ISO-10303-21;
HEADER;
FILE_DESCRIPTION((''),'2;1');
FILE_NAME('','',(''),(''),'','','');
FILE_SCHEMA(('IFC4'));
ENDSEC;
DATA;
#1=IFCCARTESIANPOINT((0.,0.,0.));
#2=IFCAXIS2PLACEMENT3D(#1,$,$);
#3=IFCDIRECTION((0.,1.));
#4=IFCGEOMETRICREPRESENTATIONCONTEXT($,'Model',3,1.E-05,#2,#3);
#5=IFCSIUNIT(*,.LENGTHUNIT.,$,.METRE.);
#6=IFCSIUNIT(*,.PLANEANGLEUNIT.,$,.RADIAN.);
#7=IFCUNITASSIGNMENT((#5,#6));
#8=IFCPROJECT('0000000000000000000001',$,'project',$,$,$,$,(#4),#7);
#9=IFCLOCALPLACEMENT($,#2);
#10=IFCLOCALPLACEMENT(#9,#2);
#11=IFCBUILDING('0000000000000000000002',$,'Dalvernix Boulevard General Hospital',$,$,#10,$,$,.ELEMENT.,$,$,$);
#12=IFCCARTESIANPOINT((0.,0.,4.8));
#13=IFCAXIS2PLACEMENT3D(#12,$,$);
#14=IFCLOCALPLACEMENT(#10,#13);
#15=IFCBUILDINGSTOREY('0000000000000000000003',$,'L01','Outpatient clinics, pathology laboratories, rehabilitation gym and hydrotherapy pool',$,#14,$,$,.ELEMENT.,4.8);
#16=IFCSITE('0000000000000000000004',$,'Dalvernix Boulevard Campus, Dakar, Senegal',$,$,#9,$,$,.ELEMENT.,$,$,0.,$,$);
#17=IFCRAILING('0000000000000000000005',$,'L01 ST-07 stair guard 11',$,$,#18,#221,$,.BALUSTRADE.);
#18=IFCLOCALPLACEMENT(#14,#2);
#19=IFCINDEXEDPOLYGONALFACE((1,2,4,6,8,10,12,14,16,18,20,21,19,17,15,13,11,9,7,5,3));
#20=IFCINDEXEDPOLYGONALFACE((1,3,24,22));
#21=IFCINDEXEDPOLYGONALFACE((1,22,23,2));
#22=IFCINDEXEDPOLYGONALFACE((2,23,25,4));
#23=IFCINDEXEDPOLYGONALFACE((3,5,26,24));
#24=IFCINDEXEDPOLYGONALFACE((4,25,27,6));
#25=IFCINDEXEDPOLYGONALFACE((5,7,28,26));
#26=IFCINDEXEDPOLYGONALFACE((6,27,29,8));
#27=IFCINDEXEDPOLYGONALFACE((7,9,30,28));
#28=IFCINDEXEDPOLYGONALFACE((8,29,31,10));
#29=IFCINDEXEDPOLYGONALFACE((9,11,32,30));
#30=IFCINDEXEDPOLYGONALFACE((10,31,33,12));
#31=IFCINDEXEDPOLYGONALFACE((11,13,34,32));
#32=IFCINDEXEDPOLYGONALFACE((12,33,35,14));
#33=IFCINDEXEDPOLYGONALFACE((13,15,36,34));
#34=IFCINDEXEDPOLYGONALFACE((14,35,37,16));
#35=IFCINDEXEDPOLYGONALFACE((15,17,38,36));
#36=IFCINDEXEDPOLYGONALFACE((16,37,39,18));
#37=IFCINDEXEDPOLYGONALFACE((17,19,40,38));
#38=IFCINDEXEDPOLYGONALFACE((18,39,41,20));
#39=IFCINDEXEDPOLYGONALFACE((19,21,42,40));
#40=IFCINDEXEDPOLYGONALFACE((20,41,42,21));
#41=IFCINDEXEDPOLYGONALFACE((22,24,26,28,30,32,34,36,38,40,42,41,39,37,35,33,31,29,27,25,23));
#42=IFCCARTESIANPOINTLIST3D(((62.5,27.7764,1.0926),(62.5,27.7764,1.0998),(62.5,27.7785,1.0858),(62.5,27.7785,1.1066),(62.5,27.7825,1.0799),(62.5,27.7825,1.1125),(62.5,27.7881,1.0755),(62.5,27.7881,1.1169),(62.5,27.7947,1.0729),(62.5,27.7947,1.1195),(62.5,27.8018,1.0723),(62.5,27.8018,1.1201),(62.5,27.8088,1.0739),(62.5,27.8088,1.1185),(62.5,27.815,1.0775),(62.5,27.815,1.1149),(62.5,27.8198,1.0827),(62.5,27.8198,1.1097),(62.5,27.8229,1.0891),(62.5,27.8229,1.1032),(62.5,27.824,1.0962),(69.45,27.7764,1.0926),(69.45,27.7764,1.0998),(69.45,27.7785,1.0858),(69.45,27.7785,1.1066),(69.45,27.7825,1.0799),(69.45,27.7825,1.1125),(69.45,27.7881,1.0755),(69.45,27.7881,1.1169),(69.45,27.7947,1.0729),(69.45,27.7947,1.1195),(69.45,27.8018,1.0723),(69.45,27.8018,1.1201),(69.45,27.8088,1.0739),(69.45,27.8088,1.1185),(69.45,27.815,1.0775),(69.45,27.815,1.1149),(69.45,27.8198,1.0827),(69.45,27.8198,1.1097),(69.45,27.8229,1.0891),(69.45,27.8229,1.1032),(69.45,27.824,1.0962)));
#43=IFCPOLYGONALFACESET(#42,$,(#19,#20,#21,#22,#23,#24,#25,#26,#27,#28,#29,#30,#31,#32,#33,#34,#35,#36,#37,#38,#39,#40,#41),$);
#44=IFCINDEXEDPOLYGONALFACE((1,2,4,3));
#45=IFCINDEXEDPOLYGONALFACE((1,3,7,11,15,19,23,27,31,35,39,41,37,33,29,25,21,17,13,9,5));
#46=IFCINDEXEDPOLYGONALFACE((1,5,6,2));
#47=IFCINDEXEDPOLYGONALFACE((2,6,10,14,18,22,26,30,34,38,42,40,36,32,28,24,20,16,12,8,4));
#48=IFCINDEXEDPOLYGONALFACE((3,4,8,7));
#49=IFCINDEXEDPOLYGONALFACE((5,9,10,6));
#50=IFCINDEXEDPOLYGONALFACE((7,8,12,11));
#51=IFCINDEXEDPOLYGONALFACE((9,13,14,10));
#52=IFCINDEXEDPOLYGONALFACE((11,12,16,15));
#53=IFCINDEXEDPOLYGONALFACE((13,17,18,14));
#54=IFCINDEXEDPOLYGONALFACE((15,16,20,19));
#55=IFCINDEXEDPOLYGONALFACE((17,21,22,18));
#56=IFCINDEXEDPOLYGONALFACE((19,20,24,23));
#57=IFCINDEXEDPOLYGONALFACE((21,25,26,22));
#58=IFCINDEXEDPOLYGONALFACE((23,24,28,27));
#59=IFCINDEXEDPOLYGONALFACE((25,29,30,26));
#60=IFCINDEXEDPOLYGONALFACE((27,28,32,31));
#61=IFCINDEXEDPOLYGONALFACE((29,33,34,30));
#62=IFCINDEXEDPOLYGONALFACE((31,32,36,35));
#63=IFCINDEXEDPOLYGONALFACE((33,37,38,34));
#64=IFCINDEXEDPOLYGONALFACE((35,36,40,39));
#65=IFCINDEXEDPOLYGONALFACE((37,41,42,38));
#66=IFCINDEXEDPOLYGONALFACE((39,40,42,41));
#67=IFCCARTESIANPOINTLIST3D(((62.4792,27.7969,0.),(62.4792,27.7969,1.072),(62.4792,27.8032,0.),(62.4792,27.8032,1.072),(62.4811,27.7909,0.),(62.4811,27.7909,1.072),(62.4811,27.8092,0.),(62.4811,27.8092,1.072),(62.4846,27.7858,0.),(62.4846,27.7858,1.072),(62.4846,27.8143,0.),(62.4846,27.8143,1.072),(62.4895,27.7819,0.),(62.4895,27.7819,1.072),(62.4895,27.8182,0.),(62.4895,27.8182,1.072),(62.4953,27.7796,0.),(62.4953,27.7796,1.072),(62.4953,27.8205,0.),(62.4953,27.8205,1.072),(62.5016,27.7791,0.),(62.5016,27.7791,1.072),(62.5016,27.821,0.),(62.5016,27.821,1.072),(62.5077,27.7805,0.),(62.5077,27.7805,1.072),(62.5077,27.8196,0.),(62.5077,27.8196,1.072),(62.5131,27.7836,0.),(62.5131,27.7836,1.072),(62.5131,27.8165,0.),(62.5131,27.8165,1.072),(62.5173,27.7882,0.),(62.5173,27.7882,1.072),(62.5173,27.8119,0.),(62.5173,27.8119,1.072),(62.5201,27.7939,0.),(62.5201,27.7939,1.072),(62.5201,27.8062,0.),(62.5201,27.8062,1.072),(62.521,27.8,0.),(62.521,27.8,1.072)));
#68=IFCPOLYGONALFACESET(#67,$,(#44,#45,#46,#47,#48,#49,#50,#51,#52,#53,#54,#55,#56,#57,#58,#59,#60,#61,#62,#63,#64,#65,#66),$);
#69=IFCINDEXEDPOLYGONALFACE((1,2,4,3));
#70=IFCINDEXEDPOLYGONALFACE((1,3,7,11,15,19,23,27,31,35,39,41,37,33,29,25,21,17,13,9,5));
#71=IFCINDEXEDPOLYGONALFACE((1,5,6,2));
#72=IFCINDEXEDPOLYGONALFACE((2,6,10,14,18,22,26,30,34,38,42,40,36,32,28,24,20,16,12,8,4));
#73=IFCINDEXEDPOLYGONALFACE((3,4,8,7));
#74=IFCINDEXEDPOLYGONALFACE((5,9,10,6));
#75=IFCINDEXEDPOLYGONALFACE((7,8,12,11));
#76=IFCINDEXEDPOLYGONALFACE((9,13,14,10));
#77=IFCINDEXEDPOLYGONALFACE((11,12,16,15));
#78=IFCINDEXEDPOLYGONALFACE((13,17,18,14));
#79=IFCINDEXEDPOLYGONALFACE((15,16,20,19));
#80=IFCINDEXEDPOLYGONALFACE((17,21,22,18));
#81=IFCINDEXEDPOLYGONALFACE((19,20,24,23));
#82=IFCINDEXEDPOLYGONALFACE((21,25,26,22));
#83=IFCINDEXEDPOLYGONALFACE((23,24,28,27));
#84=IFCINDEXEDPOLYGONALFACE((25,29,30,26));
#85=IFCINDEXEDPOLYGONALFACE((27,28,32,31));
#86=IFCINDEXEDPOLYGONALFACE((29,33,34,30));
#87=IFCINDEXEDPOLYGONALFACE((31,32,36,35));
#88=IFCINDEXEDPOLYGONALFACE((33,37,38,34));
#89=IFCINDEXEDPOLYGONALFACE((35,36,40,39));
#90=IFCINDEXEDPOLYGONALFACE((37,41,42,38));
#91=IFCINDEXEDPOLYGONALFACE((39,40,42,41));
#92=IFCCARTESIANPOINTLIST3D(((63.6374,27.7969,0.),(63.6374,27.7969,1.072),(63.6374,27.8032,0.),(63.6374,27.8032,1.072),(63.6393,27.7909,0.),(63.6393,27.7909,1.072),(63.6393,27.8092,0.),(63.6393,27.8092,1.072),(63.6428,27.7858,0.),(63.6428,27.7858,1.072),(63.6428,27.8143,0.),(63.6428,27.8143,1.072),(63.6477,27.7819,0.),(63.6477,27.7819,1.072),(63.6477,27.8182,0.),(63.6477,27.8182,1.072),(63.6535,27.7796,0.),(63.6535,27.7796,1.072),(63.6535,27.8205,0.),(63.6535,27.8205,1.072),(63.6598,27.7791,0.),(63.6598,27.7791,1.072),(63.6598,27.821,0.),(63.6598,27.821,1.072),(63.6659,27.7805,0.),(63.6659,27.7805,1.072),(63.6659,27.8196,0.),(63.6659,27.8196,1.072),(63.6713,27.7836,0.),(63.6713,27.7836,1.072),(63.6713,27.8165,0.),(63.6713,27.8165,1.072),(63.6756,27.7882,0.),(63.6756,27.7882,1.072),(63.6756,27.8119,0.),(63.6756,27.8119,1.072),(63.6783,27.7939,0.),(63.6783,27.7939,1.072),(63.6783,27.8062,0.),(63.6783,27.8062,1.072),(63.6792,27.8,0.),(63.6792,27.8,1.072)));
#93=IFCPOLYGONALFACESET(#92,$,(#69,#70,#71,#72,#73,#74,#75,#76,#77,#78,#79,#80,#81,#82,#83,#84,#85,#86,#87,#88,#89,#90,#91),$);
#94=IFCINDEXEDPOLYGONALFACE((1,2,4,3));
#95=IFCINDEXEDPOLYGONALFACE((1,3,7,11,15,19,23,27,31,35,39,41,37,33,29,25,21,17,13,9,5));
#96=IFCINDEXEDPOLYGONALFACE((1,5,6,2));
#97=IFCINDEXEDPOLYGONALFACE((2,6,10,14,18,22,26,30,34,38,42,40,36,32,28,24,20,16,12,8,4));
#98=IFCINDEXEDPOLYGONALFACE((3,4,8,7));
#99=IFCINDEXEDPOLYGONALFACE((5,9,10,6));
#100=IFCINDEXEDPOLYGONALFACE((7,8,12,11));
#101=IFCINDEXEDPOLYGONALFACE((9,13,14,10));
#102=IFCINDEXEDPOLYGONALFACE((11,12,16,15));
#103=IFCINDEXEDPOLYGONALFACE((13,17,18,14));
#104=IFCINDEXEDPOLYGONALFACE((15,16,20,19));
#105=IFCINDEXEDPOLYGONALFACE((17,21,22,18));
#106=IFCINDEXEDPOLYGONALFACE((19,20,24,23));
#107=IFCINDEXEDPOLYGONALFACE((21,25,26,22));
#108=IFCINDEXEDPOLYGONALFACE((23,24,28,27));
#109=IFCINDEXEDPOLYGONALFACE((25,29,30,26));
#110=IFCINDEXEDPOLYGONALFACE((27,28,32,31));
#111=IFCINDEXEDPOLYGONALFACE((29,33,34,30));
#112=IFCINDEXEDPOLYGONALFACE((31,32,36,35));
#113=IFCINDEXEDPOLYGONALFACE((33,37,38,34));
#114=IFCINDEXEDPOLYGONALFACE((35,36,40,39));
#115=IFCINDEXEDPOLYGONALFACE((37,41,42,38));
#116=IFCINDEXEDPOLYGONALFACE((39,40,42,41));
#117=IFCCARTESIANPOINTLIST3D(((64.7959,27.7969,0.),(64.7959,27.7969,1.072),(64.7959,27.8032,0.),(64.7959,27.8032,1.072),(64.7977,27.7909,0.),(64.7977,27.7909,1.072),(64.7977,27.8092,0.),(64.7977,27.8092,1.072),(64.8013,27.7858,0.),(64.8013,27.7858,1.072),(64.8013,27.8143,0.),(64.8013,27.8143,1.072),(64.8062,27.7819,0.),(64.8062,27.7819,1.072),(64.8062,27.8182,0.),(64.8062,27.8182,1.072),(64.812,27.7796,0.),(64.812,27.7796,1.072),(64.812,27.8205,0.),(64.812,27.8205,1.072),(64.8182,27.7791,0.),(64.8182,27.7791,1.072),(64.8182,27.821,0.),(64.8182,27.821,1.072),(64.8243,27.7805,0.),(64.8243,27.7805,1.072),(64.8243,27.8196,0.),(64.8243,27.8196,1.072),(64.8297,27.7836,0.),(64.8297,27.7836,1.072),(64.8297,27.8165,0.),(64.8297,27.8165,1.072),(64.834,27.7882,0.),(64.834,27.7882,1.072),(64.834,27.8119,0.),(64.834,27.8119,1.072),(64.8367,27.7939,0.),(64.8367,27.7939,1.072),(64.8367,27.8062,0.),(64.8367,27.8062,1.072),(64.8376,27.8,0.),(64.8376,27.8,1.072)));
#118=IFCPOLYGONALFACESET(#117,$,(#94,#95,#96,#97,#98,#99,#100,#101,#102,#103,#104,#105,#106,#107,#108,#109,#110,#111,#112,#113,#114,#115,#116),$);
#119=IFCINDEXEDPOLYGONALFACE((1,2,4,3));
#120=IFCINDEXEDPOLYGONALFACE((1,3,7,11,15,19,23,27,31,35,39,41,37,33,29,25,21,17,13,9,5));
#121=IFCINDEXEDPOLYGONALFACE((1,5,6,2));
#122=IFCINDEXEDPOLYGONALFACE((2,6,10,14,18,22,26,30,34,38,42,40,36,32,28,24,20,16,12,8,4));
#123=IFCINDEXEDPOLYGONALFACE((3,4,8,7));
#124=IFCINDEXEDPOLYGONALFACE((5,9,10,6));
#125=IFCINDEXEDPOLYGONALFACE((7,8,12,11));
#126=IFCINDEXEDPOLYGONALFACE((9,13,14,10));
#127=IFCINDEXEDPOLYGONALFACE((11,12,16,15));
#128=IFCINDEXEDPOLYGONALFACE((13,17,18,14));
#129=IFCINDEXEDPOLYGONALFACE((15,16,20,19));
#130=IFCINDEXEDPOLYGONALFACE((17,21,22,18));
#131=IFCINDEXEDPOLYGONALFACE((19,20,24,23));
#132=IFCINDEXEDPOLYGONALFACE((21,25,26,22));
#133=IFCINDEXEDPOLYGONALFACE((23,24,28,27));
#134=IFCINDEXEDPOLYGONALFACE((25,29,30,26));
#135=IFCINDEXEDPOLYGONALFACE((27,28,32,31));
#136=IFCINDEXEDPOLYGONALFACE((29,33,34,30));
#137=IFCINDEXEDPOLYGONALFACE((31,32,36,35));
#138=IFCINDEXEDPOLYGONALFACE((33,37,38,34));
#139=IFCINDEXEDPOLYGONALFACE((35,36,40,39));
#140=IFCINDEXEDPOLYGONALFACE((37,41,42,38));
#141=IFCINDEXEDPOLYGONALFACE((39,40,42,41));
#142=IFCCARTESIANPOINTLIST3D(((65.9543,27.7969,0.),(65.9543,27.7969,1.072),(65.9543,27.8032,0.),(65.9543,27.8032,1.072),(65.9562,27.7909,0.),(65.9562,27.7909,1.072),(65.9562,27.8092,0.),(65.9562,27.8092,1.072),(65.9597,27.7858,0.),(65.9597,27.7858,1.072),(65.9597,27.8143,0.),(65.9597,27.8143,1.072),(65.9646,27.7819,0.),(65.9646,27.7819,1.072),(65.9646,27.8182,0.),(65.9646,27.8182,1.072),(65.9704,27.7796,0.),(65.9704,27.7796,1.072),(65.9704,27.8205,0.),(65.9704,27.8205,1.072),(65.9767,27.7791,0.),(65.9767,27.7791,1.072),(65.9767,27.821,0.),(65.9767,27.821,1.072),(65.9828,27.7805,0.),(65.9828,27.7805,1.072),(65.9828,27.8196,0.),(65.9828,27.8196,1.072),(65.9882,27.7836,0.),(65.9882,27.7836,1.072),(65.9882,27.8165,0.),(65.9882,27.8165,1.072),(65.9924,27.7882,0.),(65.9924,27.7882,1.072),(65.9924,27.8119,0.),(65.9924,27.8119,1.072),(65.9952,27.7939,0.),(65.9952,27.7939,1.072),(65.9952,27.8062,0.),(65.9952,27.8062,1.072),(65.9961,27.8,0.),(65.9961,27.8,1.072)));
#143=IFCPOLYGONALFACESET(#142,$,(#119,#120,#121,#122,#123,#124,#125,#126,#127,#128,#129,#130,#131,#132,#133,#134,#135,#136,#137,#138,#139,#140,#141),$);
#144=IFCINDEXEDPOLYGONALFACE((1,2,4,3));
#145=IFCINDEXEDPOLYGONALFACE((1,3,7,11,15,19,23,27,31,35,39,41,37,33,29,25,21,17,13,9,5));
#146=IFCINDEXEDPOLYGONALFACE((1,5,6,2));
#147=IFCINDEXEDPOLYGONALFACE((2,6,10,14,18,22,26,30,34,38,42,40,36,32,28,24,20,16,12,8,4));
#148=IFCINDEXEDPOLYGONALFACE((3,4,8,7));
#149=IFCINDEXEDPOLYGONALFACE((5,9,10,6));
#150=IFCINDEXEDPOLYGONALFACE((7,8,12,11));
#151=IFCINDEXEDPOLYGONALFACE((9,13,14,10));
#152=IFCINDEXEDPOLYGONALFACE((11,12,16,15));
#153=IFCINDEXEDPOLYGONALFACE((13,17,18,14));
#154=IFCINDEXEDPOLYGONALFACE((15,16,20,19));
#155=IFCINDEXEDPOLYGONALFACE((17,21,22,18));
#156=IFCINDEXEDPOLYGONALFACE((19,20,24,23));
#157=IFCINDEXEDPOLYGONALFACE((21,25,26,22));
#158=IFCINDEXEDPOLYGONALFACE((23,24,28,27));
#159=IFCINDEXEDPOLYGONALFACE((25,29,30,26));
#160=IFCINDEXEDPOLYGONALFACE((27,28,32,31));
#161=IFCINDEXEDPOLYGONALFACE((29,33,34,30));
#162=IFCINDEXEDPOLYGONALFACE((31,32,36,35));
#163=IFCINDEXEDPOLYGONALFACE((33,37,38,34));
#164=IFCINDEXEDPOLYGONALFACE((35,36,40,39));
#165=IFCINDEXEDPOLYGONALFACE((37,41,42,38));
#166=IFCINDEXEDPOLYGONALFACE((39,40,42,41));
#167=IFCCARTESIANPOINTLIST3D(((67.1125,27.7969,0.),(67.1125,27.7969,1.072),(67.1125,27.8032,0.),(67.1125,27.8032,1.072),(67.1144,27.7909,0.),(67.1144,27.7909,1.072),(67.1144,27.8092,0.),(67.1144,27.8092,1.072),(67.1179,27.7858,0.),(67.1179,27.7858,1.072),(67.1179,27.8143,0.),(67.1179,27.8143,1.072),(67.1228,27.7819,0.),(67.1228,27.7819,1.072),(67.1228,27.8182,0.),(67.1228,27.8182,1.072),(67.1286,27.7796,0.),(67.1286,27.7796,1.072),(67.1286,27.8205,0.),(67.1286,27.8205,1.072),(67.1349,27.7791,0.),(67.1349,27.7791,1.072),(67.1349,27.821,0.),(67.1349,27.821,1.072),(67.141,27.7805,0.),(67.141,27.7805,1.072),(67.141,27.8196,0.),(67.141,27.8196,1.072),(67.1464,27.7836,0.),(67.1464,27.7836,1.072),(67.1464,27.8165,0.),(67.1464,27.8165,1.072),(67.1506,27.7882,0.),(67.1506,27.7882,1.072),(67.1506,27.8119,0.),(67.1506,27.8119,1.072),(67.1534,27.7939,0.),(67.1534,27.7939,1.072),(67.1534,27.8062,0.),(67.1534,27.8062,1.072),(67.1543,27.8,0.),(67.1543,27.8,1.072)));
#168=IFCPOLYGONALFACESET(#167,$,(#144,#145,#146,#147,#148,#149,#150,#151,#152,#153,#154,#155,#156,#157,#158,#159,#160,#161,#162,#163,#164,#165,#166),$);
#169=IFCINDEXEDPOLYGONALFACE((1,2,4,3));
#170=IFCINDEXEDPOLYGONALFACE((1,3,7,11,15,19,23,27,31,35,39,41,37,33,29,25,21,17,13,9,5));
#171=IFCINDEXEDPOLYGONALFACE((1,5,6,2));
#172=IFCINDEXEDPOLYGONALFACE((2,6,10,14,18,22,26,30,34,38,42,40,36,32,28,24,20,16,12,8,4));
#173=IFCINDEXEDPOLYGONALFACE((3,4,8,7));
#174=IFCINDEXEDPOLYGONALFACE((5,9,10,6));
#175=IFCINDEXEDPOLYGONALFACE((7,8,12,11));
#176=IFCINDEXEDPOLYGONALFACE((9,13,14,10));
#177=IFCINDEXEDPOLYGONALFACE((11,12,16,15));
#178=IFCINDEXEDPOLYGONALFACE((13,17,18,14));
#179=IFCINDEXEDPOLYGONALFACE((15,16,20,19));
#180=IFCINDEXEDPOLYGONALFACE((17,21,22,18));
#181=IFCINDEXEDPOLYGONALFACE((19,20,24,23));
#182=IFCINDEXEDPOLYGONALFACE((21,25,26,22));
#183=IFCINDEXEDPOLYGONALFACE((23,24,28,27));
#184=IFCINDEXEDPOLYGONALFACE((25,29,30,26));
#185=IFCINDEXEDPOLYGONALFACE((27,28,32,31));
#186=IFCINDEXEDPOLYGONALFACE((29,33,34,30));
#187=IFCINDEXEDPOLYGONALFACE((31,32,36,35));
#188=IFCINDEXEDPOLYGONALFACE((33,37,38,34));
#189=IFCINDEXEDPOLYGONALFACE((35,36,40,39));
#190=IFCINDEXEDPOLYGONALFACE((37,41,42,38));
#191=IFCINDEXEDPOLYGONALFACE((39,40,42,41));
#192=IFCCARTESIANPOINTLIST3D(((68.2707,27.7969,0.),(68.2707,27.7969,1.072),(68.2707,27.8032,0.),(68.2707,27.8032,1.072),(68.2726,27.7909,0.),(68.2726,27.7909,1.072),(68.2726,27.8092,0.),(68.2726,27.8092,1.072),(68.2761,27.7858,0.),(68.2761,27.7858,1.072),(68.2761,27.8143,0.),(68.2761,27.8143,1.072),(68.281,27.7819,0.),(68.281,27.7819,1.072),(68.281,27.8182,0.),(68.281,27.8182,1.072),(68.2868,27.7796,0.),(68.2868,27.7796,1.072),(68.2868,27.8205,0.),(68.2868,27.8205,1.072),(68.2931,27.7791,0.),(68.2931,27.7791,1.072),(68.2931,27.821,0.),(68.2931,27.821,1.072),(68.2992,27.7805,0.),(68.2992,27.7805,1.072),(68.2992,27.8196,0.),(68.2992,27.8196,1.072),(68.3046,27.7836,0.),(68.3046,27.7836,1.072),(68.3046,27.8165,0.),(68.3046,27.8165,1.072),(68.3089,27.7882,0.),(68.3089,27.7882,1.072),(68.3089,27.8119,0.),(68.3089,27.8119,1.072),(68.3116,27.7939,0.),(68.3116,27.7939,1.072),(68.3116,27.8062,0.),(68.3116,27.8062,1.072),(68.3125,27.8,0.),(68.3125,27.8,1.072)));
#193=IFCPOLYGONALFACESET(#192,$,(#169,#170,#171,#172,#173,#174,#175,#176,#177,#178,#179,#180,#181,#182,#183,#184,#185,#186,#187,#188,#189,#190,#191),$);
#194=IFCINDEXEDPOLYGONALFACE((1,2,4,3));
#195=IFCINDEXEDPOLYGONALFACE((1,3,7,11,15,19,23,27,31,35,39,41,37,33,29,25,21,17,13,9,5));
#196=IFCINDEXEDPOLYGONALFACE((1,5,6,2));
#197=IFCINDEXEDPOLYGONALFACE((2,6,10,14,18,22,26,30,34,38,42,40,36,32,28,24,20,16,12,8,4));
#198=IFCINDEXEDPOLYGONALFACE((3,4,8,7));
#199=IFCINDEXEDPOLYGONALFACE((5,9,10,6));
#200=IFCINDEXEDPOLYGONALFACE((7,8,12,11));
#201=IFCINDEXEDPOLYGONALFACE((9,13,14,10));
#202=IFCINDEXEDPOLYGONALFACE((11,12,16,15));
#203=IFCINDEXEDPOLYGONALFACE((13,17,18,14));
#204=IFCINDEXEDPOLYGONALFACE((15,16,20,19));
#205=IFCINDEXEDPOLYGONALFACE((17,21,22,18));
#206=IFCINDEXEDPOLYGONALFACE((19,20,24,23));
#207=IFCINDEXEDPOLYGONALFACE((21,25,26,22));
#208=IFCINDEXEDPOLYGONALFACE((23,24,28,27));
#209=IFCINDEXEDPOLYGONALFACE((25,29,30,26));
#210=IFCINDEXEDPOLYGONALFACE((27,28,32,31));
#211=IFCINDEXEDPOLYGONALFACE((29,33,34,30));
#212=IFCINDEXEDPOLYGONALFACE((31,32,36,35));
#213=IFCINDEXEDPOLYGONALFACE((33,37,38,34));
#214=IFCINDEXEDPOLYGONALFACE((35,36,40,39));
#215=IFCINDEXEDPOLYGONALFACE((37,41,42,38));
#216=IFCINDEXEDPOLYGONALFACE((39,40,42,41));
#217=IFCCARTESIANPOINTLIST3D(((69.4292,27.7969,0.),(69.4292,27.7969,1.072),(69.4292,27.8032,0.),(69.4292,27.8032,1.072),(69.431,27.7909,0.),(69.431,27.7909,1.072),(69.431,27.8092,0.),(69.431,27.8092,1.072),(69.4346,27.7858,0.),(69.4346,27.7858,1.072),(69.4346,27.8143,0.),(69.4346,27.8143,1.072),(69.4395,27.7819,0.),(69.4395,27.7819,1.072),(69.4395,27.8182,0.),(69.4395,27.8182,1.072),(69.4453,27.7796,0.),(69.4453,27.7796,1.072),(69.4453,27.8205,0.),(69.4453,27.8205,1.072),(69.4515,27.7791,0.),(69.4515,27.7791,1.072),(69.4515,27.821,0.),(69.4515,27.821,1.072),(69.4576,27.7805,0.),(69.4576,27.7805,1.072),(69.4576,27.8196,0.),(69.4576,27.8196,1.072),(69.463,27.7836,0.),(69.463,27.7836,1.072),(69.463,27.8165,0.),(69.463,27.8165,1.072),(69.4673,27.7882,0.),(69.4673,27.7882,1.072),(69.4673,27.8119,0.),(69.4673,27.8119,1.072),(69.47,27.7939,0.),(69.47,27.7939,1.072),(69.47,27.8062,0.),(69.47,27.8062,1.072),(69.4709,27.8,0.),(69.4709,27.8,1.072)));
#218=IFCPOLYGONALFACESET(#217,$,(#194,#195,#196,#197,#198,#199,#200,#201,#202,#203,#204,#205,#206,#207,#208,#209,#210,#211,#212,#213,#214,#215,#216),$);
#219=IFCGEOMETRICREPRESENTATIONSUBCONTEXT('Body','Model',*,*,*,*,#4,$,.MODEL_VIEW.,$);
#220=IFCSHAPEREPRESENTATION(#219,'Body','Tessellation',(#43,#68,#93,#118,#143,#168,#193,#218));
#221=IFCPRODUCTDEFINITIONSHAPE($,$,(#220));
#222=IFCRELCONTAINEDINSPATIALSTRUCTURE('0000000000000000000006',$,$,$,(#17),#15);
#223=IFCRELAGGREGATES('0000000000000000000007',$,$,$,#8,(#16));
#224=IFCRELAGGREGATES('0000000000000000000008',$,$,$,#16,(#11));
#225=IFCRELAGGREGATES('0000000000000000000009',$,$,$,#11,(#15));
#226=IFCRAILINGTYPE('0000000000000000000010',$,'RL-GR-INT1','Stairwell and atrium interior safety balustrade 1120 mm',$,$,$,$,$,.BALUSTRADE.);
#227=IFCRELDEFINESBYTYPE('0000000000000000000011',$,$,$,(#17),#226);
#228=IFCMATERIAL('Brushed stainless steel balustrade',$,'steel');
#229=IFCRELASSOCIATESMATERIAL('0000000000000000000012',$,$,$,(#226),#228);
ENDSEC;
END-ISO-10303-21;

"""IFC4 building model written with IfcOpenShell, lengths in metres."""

from ifc_helpers import new_model, si_unit, direction, frame, origin, origin_2d, place, context, subcontext, project, spatial, circle, extrude, material, type_object, element, save


model = new_model("IFC4")

# Units and contexts
model_context = context("Model", 3, precision=1e-05, world=origin(), true_north=direction((0.0, 1.0)))
body_context = subcontext(model_context, "Body", "Model", "MODEL_VIEW")
ifc_project = project(units=[si_unit("LENGTHUNIT", "METRE"), si_unit("PLANEANGLEUNIT", "RADIAN")], contexts=[model_context])

# Site, building, storey
site_placement = place(None, origin())
site = spatial("IfcSite", under=ifc_project, at=site_placement, Name="Dalvernix Boulevard Campus, Dakar, Senegal", CompositionType="ELEMENT", RefElevation=0.0)
building_placement = place(site_placement, origin())
building = spatial("IfcBuilding", under=site, at=building_placement, Name="Dalvernix Boulevard General Hospital", CompositionType="ELEMENT")
storey_placement = place(building_placement, frame((0.0, 0.0, 4.8)))
storey = spatial("IfcBuildingStorey", under=building, at=storey_placement, Name="L01", Description="Outpatient clinics, pathology laboratories, rehabilitation gym and hydrotherapy pool", CompositionType="ELEMENT", Elevation=4.8)

# Railing
ifc_material_1 = material(Name="Brushed stainless steel balustrade", Category="steel")
railing_type_1 = type_object("IfcRailingType", Name="RL-GR-INT1", Description="Stairwell and atrium interior safety balustrade 1120 mm", PredefinedType="BALUSTRADE", material=ifc_material_1)
railing_1_placement = place(storey_placement, frame((62.5, 27.8, 0.0)))
element("IfcRailing", 1, at=railing_1_placement, inside=storey, type_object=railing_type_1, Name="L01 ST-07 stair guard 11", PredefinedType="BALUSTRADE", context=body_context, shape_type="SweptSolid", body=[
    extrude(circle(Radius=0.0239, at=origin_2d()), frame((0.0, 0.0, 1.0962), z_axis=(1.0, 0.0, 0.0), x_axis=(0.0, 1.0, 0.0)), (0.0, 0.0, 1.0), 6.95),
    extrude(circle(Radius=0.021, at=origin_2d()), origin(), (0.0, 0.0, 1.0), 1.072),
    extrude(circle(Radius=0.021, at=origin_2d()), frame((1.1582, 0.0, 0.0)), (0.0, 0.0, 1.0), 1.072),
    extrude(circle(Radius=0.021, at=origin_2d()), frame((2.3167, 0.0, 0.0)), (0.0, 0.0, 1.0), 1.072),
    extrude(circle(Radius=0.021, at=origin_2d()), frame((3.4751, 0.0, 0.0)), (0.0, 0.0, 1.0), 1.072),
    extrude(circle(Radius=0.021, at=origin_2d()), frame((4.6333, 0.0, 0.0)), (0.0, 0.0, 1.0), 1.072),
    extrude(circle(Radius=0.021, at=origin_2d()), frame((5.7915, 0.0, 0.0)), (0.0, 0.0, 1.0), 1.072),
    extrude(circle(Radius=0.021, at=origin_2d()), frame((6.95, 0.0, 0.0)), (0.0, 0.0, 1.0), 1.072),
])

save(model, "model.ifc")
